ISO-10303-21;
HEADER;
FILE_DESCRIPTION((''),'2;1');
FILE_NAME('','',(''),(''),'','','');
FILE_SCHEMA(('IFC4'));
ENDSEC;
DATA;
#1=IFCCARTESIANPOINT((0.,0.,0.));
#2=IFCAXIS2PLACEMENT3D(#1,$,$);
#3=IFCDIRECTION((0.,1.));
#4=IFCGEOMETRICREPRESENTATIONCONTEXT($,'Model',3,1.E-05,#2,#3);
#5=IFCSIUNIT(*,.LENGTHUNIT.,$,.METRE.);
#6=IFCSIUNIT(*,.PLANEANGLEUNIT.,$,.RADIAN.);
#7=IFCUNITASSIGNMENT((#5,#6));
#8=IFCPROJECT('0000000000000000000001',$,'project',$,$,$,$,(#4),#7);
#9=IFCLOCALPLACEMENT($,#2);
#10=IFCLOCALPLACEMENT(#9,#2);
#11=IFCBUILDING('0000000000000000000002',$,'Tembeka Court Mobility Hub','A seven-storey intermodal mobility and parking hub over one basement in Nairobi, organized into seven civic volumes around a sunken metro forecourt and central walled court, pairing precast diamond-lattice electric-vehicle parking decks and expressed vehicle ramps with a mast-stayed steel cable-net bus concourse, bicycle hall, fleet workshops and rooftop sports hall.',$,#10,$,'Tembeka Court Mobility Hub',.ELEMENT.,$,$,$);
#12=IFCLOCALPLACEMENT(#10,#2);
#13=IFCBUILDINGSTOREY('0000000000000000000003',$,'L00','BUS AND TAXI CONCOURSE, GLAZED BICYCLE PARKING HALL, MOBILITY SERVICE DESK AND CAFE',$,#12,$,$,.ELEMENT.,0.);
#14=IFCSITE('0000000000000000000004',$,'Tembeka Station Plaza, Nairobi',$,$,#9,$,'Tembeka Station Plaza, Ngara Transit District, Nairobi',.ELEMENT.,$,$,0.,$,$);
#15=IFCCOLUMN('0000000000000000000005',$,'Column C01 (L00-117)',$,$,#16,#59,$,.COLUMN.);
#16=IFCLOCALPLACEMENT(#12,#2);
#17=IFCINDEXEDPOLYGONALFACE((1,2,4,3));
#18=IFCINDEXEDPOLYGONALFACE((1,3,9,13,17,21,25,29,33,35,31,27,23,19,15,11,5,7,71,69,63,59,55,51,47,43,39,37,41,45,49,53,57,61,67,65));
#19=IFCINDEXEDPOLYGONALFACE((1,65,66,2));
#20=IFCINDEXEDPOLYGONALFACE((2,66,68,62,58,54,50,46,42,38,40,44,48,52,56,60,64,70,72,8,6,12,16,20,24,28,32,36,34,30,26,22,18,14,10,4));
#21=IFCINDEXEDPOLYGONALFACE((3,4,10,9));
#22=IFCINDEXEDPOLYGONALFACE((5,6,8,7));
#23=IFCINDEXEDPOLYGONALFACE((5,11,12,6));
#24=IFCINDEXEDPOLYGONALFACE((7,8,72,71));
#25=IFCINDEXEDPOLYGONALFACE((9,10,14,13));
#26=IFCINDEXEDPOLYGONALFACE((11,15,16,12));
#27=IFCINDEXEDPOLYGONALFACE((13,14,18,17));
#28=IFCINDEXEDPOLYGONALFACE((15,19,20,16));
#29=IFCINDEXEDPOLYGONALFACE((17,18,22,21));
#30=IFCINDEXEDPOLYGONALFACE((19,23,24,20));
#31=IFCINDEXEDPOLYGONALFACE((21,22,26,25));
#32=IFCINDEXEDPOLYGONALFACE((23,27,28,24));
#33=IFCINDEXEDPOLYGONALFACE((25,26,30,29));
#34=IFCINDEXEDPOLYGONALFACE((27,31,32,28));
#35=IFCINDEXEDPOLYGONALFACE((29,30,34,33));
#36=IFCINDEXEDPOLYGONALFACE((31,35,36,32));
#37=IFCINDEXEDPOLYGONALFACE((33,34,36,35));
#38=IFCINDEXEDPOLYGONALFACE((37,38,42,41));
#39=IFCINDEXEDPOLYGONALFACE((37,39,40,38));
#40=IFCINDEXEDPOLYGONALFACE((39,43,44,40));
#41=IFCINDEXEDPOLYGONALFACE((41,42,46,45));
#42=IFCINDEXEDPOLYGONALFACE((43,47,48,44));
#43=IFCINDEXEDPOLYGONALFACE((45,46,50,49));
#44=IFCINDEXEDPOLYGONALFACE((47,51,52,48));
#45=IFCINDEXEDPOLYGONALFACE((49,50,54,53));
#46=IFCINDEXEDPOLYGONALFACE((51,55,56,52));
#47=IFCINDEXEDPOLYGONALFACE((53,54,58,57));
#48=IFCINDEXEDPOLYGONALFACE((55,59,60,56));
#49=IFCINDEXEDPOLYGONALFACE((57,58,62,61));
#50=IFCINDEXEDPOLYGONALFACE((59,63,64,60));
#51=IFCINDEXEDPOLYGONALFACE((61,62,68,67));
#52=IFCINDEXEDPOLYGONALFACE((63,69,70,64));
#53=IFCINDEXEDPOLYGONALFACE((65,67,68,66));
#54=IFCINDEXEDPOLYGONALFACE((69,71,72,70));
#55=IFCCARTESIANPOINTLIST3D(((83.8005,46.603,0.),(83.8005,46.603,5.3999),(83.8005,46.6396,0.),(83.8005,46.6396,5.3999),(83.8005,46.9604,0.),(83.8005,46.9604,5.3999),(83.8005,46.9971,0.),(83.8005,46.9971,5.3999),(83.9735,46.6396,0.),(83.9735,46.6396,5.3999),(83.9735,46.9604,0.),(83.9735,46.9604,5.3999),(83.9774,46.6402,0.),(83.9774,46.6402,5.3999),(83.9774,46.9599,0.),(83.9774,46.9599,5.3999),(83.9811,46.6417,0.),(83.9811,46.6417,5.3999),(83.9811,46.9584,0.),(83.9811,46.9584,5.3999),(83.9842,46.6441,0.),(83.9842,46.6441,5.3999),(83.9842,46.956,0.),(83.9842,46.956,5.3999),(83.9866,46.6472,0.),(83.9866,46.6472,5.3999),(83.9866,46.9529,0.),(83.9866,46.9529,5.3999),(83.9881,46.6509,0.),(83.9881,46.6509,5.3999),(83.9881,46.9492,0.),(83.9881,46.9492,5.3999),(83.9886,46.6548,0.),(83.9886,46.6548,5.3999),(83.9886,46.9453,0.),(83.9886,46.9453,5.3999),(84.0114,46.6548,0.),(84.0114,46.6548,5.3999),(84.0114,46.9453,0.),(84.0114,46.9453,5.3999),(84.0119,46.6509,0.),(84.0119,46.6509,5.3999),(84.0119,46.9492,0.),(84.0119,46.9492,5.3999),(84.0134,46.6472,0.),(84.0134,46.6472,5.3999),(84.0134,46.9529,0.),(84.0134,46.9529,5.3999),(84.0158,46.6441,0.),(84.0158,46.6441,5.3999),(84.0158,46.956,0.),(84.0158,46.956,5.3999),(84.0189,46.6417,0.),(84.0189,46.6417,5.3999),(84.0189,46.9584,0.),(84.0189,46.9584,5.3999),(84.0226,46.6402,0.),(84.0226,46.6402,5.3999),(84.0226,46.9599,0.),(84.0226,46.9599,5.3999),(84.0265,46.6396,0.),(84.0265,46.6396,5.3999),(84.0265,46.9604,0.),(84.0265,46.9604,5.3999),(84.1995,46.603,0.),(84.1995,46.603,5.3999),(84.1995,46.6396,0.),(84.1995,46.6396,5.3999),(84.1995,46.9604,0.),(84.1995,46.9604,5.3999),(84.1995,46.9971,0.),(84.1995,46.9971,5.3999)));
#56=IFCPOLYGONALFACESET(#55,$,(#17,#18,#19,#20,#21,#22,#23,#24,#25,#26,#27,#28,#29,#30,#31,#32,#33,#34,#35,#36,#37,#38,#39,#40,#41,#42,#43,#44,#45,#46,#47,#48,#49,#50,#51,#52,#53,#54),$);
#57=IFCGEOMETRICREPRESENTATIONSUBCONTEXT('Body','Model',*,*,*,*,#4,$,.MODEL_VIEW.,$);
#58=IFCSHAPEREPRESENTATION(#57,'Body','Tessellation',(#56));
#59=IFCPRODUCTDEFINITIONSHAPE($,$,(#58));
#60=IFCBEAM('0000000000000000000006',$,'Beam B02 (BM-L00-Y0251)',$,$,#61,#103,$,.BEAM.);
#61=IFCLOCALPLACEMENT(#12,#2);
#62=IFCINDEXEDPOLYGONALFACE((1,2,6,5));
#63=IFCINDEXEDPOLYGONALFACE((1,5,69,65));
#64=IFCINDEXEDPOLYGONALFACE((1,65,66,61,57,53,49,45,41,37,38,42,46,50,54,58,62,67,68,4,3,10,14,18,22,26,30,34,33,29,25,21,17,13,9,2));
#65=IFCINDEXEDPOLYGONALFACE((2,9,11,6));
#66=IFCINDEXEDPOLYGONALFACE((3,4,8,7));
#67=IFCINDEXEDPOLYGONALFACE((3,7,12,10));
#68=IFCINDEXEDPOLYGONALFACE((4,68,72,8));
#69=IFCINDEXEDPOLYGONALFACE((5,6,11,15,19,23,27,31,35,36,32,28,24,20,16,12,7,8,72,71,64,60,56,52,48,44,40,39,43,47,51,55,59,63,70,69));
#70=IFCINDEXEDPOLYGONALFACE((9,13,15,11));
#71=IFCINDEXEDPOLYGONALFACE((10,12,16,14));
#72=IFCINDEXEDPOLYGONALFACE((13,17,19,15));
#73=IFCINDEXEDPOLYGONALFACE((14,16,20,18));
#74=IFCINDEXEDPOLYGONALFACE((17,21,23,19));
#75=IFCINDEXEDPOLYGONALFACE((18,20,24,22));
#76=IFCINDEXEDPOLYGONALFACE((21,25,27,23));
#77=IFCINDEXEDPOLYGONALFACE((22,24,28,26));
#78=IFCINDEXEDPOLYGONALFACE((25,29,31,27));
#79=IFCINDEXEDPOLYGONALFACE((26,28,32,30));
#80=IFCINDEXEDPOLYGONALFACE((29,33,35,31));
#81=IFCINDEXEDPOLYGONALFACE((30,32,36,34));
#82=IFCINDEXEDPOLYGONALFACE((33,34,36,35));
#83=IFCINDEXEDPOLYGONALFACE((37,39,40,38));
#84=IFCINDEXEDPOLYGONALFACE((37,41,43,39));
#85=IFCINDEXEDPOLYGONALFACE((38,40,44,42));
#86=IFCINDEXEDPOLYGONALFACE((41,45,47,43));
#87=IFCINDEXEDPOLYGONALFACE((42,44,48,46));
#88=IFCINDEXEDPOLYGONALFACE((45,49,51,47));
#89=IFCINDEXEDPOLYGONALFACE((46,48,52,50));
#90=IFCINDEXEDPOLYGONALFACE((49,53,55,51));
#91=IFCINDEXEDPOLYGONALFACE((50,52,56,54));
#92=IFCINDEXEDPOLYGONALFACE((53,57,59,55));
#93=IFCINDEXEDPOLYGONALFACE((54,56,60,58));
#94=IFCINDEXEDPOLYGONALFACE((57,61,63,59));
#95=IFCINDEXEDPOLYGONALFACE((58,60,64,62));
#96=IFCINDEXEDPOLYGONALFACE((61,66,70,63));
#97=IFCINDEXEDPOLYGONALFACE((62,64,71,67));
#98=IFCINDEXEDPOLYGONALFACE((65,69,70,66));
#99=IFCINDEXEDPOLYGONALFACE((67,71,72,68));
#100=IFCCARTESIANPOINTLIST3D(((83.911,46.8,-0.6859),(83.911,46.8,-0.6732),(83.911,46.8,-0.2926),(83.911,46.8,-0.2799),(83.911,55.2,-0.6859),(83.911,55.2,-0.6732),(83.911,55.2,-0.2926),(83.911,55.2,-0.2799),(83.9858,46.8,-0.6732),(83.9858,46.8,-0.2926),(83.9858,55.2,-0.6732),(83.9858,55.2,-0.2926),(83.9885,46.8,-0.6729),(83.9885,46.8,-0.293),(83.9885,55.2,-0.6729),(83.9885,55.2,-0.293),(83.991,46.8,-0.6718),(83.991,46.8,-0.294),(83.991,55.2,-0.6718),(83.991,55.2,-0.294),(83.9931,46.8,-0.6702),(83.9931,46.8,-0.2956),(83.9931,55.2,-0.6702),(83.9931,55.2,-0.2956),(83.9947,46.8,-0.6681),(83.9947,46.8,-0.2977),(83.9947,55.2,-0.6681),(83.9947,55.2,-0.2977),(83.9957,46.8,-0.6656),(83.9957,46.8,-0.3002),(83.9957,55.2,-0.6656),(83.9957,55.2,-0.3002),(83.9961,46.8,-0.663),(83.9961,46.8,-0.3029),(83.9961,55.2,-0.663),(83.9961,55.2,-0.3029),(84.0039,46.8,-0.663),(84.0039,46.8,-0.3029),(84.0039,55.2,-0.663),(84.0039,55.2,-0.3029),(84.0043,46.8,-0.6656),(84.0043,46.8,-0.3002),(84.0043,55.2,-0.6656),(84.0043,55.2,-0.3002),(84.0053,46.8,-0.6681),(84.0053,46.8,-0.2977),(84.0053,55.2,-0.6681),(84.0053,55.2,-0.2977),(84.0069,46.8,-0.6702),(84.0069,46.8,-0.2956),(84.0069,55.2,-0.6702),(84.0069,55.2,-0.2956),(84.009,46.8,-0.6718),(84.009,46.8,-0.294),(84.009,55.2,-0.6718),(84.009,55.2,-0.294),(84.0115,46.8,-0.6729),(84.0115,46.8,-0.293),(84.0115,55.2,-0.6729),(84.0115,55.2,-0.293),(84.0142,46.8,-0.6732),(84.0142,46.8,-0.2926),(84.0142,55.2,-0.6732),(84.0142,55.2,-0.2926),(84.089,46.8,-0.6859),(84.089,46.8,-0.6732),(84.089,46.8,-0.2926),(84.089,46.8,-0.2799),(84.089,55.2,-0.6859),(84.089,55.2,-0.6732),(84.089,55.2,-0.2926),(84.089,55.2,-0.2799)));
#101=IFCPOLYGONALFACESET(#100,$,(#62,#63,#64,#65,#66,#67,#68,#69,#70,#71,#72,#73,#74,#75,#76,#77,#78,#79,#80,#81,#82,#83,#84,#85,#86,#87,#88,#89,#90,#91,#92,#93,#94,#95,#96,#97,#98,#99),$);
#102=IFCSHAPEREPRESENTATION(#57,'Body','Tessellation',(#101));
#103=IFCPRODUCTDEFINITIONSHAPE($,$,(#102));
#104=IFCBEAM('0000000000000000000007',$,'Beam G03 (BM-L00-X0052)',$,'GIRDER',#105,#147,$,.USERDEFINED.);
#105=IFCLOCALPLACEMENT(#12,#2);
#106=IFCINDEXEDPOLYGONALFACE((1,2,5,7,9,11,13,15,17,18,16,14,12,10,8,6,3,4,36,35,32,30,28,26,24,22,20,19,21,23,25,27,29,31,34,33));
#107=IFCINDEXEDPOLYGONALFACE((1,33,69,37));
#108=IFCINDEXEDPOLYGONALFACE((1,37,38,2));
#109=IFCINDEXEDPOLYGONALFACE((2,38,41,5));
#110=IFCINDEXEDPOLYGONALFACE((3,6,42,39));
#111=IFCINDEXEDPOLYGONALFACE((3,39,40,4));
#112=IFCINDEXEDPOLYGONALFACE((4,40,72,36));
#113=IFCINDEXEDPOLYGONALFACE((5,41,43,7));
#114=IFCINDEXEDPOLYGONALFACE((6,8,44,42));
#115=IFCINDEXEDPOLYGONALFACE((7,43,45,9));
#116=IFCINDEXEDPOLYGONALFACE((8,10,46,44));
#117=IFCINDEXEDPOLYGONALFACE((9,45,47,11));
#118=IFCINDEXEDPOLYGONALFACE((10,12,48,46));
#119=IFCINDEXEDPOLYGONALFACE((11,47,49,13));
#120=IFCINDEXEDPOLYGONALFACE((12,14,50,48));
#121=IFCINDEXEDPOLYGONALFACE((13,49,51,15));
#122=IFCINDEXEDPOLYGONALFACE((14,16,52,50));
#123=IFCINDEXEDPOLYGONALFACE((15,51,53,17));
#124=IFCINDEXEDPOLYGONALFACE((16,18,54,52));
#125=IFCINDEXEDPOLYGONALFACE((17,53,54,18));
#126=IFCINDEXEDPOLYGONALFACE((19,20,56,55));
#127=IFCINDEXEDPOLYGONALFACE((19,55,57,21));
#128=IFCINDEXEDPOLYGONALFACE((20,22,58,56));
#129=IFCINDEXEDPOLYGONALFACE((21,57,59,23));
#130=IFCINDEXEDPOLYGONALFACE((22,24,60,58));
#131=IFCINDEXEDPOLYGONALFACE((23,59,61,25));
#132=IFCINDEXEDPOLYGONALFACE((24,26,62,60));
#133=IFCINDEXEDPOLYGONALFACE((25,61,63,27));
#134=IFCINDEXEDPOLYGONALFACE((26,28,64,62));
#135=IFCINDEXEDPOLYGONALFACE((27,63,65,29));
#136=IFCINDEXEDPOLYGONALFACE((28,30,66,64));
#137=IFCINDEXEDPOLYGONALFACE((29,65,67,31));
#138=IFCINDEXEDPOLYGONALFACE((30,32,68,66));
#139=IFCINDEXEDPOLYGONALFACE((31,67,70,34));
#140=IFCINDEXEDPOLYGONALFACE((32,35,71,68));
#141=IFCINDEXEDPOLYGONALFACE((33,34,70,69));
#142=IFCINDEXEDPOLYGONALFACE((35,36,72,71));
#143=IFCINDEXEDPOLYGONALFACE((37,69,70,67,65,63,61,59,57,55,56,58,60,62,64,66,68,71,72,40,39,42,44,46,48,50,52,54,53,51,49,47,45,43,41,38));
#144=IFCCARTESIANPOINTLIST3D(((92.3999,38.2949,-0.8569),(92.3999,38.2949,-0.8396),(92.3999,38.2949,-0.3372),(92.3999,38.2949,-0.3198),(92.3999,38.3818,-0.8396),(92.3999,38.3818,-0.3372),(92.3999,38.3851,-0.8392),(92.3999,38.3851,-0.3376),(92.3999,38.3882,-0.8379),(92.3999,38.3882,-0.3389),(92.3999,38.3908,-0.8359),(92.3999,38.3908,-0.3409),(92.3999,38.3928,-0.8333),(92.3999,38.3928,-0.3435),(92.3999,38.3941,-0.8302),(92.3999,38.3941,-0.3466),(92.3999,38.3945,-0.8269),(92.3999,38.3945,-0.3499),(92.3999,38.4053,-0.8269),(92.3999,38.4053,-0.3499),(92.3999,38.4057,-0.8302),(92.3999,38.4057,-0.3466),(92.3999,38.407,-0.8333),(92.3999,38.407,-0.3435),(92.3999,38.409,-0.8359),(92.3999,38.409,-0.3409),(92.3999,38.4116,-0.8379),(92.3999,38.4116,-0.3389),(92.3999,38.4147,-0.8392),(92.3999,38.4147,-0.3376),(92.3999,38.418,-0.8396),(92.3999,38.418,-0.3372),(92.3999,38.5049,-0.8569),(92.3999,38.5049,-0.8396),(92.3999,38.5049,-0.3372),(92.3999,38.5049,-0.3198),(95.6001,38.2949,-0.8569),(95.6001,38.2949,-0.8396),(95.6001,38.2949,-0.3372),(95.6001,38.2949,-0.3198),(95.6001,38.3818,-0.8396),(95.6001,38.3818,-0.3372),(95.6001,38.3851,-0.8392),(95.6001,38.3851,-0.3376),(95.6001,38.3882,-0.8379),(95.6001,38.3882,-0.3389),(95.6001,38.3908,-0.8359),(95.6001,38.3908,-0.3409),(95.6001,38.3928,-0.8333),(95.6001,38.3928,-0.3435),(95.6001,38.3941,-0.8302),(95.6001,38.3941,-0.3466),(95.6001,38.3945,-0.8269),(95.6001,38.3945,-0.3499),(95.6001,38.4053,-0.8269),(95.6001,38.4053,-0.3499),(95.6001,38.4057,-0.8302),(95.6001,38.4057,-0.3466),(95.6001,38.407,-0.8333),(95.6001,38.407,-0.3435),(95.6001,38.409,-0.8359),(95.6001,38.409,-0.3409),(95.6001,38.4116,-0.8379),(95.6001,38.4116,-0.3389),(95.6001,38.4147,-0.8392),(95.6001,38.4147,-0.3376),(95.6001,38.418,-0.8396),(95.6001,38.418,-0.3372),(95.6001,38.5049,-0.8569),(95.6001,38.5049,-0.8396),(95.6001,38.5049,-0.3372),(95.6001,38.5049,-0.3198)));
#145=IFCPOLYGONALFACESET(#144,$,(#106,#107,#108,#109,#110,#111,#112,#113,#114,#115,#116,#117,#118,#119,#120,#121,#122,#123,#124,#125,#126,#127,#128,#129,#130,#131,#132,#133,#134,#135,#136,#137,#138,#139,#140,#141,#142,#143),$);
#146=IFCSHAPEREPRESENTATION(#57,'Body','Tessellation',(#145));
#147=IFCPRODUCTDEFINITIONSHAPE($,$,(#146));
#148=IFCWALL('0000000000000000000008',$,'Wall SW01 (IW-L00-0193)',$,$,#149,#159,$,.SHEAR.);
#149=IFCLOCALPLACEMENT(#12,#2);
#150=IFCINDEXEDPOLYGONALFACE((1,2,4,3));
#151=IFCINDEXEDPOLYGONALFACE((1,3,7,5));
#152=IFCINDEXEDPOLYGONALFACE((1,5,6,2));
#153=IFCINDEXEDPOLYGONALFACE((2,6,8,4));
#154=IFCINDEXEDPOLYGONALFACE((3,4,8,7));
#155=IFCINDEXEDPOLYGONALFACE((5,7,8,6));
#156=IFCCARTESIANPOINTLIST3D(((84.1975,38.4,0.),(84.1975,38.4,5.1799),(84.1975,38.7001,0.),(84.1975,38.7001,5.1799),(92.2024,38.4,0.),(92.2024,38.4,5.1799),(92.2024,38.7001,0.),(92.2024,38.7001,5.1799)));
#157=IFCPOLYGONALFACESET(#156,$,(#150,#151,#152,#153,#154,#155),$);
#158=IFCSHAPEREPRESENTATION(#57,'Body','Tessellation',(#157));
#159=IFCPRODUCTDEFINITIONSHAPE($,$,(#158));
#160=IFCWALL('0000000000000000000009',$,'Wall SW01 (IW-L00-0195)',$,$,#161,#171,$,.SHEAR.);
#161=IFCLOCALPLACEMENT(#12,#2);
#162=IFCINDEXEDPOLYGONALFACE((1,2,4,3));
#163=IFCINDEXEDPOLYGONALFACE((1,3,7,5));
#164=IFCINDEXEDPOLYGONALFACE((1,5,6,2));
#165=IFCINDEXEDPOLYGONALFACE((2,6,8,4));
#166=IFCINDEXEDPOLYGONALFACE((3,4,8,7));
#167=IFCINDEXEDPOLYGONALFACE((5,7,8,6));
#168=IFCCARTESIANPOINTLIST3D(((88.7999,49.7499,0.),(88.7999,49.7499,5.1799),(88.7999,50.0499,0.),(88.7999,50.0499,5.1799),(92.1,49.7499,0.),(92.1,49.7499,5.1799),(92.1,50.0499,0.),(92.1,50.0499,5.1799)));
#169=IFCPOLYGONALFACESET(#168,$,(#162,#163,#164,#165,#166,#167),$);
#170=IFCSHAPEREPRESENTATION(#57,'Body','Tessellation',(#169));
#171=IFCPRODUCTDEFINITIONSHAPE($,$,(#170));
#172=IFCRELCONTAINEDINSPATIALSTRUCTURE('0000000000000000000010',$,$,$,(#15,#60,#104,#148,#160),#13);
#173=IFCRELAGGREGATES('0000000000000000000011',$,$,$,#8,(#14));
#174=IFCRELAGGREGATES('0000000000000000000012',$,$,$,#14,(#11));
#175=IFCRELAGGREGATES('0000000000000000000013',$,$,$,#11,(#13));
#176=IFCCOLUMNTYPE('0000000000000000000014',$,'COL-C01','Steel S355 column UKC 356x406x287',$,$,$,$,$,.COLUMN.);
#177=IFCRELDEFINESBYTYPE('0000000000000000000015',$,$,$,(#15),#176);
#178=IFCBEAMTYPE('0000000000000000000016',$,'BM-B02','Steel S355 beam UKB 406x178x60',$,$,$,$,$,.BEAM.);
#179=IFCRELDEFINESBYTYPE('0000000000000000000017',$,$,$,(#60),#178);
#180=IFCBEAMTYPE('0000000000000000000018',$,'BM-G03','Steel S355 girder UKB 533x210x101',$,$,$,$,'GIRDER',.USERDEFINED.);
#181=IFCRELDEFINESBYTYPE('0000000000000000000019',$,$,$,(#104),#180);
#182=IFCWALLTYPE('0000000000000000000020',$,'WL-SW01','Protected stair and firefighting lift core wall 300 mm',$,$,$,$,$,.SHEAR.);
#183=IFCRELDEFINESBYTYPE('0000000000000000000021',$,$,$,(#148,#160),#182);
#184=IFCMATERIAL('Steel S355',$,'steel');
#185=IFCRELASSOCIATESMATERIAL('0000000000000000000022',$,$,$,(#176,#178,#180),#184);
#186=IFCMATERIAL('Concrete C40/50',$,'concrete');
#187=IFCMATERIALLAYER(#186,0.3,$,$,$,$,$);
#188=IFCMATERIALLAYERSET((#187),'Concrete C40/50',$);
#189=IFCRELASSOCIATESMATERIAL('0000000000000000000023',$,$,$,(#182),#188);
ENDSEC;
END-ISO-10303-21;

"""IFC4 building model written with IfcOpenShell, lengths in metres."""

from ifc_helpers import new_model, si_unit, direction, frame, frame_2d, origin, origin_2d, place, context, subcontext, project, spatial, rectangle, i_section, extrude, material, layer, layer_set, material_profile, profile_set, type_object, element, save


model = new_model("IFC4")

# Units and contexts
model_context = context("Model", 3, precision=1e-05, world=origin(), true_north=direction((0.0, 1.0)))
body_context = subcontext(model_context, "Body", "Model", "MODEL_VIEW")
ifc_project = project(units=[si_unit("LENGTHUNIT", "METRE"), si_unit("PLANEANGLEUNIT", "RADIAN")], contexts=[model_context])

# Site, building, storey
site_placement = place(None, origin())
site = spatial("IfcSite", under=ifc_project, at=site_placement, Name="Tembeka Station Plaza, Nairobi", LongName="Tembeka Station Plaza, Ngara Transit District, Nairobi", CompositionType="ELEMENT", RefElevation=0.0)
building_placement = place(site_placement, origin())
building = spatial("IfcBuilding", under=site, at=building_placement, Name="Tembeka Court Mobility Hub", Description="A seven-storey intermodal mobility and parking hub over one basement in Nairobi, organized into seven civic volumes around a sunken metro forecourt and central walled court, pairing precast diamond-lattice electric-vehicle parking decks and expressed vehicle ramps with a mast-stayed steel cable-net bus concourse, bicycle hall, fleet workshops and rooftop sports hall.", LongName="Tembeka Court Mobility Hub", CompositionType="ELEMENT")
storey_placement = place(building_placement, origin())
storey = spatial("IfcBuildingStorey", under=building, at=storey_placement, Name="L00", Description="BUS AND TAXI CONCOURSE, GLAZED BICYCLE PARKING HALL, MOBILITY SERVICE DESK AND CAFE", CompositionType="ELEMENT", Elevation=0.0)

# Column
ifc_material_1 = material(Name="Steel S355", Category="steel")
ifc_material_profile_1 = material_profile(ifc_material_1, i_section(OverallWidth=0.3989, OverallDepth=0.394, WebThickness=0.0227, FlangeThickness=0.0366, FilletRadius=0.0151, at=origin_2d()), Name="UKC 356x406x287")
ifc_profile_set_1 = profile_set([ifc_material_profile_1], Name="Steel S355")
column_type = type_object("IfcColumnType", Name="COL-C01", Description="Steel S355 column UKC 356x406x287", PredefinedType="COLUMN", material=ifc_profile_set_1)
column_placement = place(storey_placement, frame((84.0, 46.8, 0.0), z_axis=(0.0, 0.0, 1.0), x_axis=(1.0, 0.0, 0.0)))
element("IfcColumn", 1, at=column_placement, inside=storey, type_object=column_type, Name="Column C01 (L00-117)", PredefinedType="COLUMN", context=body_context, shape_type="SweptSolid", body=[
    extrude(i_section(OverallWidth=0.3989, OverallDepth=0.394, WebThickness=0.0227, FlangeThickness=0.0366, FilletRadius=0.0151, at=origin_2d()), origin(), (0.0, 0.0, 1.0), 5.3999),
])

# Beams
ifc_material_profile_2 = material_profile(ifc_material_1, i_section(OverallWidth=0.178, OverallDepth=0.406, WebThickness=0.0078, FlangeThickness=0.0127, FilletRadius=0.0103, at=origin_2d()), Name="UKB 406x178x60")
ifc_profile_set_2 = profile_set([ifc_material_profile_2], Name="Steel S355")
beam_type_1 = type_object("IfcBeamType", Name="BM-B02", Description="Steel S355 beam UKB 406x178x60", PredefinedType="BEAM", material=ifc_profile_set_2)
beam_1_placement = place(storey_placement, frame((84.0, 46.8, -0.4829), z_axis=(0.0, 1.0, 0.0), x_axis=(-1.0, 0.0, 0.0)))
element("IfcBeam", 2, at=beam_1_placement, inside=storey, type_object=beam_type_1, Name="Beam B02 (BM-L00-Y0251)", PredefinedType="BEAM", context=body_context, shape_type="SweptSolid", body=[
    extrude(i_section(OverallWidth=0.178, OverallDepth=0.406, WebThickness=0.0078, FlangeThickness=0.0127, FilletRadius=0.0103, at=origin_2d()), origin(), (0.0, 0.0, 1.0), 8.3999),
])
ifc_material_profile_3 = material_profile(ifc_material_1, i_section(OverallWidth=0.21, OverallDepth=0.5371, WebThickness=0.0107, FlangeThickness=0.0173, FilletRadius=0.0127, at=origin_2d()), Name="UKB 533x210x101")
ifc_profile_set_3 = profile_set([ifc_material_profile_3], Name="Steel S355")
beam_type_2 = type_object("IfcBeamType", Name="BM-G03", Description="Steel S355 girder UKB 533x210x101", ElementType="GIRDER", PredefinedType="USERDEFINED", material=ifc_profile_set_3)
beam_2_placement = place(storey_placement, frame((92.3999, 38.3999, -0.5884), z_axis=(1.0, 0.0, 0.0), x_axis=(0.0, 1.0, 0.0)))
element("IfcBeam", 3, at=beam_2_placement, inside=storey, type_object=beam_type_2, Name="Beam G03 (BM-L00-X0052)", ObjectType="GIRDER", PredefinedType="USERDEFINED", context=body_context, shape_type="SweptSolid", body=[
    extrude(i_section(OverallWidth=0.21, OverallDepth=0.5371, WebThickness=0.0107, FlangeThickness=0.0173, FilletRadius=0.0127, at=origin_2d()), origin(), (0.0, 0.0, 1.0), 3.2002),
])

# Walls
ifc_material_2 = material(Name="Concrete C40/50", Category="concrete")
ifc_layer_1 = layer(ifc_material_2, 0.3)
ifc_layer_set_1 = layer_set([ifc_layer_1], Name="Concrete C40/50")
wall_type_1 = type_object("IfcWallType", Name="WL-SW01", Description="Protected stair and firefighting lift core wall 300 mm", PredefinedType="SHEAR", material=ifc_layer_set_1)
wall_1_placement = place(storey_placement, frame((84.1975, 38.55, 0.0), z_axis=(0.0, 0.0, 1.0), x_axis=(1.0, 0.0, 0.0)))
element("IfcWall", 4, at=wall_1_placement, inside=storey, type_object=wall_type_1, Name="Wall SW01 (IW-L00-0193)", PredefinedType="SHEAR", context=body_context, shape_type="SweptSolid", body=[
    extrude(rectangle(XDim=8.0049, YDim=0.3, at=frame_2d((4.0024, 0.0))), origin(), (0.0, 0.0, 1.0), 5.1799),
])
wall_2_placement = place(storey_placement, frame((88.8, 49.8999, 0.0), z_axis=(0.0, 0.0, 1.0), x_axis=(1.0, 0.0, 0.0)))
element("IfcWall", 5, at=wall_2_placement, inside=storey, type_object=wall_type_1, Name="Wall SW01 (IW-L00-0195)", PredefinedType="SHEAR", context=body_context, shape_type="SweptSolid", body=[
    extrude(rectangle(XDim=3.3, YDim=0.3, at=frame_2d((1.6499, 0.0))), origin(), (0.0, 0.0, 1.0), 5.1799),
])

save(model, "model.ifc")
